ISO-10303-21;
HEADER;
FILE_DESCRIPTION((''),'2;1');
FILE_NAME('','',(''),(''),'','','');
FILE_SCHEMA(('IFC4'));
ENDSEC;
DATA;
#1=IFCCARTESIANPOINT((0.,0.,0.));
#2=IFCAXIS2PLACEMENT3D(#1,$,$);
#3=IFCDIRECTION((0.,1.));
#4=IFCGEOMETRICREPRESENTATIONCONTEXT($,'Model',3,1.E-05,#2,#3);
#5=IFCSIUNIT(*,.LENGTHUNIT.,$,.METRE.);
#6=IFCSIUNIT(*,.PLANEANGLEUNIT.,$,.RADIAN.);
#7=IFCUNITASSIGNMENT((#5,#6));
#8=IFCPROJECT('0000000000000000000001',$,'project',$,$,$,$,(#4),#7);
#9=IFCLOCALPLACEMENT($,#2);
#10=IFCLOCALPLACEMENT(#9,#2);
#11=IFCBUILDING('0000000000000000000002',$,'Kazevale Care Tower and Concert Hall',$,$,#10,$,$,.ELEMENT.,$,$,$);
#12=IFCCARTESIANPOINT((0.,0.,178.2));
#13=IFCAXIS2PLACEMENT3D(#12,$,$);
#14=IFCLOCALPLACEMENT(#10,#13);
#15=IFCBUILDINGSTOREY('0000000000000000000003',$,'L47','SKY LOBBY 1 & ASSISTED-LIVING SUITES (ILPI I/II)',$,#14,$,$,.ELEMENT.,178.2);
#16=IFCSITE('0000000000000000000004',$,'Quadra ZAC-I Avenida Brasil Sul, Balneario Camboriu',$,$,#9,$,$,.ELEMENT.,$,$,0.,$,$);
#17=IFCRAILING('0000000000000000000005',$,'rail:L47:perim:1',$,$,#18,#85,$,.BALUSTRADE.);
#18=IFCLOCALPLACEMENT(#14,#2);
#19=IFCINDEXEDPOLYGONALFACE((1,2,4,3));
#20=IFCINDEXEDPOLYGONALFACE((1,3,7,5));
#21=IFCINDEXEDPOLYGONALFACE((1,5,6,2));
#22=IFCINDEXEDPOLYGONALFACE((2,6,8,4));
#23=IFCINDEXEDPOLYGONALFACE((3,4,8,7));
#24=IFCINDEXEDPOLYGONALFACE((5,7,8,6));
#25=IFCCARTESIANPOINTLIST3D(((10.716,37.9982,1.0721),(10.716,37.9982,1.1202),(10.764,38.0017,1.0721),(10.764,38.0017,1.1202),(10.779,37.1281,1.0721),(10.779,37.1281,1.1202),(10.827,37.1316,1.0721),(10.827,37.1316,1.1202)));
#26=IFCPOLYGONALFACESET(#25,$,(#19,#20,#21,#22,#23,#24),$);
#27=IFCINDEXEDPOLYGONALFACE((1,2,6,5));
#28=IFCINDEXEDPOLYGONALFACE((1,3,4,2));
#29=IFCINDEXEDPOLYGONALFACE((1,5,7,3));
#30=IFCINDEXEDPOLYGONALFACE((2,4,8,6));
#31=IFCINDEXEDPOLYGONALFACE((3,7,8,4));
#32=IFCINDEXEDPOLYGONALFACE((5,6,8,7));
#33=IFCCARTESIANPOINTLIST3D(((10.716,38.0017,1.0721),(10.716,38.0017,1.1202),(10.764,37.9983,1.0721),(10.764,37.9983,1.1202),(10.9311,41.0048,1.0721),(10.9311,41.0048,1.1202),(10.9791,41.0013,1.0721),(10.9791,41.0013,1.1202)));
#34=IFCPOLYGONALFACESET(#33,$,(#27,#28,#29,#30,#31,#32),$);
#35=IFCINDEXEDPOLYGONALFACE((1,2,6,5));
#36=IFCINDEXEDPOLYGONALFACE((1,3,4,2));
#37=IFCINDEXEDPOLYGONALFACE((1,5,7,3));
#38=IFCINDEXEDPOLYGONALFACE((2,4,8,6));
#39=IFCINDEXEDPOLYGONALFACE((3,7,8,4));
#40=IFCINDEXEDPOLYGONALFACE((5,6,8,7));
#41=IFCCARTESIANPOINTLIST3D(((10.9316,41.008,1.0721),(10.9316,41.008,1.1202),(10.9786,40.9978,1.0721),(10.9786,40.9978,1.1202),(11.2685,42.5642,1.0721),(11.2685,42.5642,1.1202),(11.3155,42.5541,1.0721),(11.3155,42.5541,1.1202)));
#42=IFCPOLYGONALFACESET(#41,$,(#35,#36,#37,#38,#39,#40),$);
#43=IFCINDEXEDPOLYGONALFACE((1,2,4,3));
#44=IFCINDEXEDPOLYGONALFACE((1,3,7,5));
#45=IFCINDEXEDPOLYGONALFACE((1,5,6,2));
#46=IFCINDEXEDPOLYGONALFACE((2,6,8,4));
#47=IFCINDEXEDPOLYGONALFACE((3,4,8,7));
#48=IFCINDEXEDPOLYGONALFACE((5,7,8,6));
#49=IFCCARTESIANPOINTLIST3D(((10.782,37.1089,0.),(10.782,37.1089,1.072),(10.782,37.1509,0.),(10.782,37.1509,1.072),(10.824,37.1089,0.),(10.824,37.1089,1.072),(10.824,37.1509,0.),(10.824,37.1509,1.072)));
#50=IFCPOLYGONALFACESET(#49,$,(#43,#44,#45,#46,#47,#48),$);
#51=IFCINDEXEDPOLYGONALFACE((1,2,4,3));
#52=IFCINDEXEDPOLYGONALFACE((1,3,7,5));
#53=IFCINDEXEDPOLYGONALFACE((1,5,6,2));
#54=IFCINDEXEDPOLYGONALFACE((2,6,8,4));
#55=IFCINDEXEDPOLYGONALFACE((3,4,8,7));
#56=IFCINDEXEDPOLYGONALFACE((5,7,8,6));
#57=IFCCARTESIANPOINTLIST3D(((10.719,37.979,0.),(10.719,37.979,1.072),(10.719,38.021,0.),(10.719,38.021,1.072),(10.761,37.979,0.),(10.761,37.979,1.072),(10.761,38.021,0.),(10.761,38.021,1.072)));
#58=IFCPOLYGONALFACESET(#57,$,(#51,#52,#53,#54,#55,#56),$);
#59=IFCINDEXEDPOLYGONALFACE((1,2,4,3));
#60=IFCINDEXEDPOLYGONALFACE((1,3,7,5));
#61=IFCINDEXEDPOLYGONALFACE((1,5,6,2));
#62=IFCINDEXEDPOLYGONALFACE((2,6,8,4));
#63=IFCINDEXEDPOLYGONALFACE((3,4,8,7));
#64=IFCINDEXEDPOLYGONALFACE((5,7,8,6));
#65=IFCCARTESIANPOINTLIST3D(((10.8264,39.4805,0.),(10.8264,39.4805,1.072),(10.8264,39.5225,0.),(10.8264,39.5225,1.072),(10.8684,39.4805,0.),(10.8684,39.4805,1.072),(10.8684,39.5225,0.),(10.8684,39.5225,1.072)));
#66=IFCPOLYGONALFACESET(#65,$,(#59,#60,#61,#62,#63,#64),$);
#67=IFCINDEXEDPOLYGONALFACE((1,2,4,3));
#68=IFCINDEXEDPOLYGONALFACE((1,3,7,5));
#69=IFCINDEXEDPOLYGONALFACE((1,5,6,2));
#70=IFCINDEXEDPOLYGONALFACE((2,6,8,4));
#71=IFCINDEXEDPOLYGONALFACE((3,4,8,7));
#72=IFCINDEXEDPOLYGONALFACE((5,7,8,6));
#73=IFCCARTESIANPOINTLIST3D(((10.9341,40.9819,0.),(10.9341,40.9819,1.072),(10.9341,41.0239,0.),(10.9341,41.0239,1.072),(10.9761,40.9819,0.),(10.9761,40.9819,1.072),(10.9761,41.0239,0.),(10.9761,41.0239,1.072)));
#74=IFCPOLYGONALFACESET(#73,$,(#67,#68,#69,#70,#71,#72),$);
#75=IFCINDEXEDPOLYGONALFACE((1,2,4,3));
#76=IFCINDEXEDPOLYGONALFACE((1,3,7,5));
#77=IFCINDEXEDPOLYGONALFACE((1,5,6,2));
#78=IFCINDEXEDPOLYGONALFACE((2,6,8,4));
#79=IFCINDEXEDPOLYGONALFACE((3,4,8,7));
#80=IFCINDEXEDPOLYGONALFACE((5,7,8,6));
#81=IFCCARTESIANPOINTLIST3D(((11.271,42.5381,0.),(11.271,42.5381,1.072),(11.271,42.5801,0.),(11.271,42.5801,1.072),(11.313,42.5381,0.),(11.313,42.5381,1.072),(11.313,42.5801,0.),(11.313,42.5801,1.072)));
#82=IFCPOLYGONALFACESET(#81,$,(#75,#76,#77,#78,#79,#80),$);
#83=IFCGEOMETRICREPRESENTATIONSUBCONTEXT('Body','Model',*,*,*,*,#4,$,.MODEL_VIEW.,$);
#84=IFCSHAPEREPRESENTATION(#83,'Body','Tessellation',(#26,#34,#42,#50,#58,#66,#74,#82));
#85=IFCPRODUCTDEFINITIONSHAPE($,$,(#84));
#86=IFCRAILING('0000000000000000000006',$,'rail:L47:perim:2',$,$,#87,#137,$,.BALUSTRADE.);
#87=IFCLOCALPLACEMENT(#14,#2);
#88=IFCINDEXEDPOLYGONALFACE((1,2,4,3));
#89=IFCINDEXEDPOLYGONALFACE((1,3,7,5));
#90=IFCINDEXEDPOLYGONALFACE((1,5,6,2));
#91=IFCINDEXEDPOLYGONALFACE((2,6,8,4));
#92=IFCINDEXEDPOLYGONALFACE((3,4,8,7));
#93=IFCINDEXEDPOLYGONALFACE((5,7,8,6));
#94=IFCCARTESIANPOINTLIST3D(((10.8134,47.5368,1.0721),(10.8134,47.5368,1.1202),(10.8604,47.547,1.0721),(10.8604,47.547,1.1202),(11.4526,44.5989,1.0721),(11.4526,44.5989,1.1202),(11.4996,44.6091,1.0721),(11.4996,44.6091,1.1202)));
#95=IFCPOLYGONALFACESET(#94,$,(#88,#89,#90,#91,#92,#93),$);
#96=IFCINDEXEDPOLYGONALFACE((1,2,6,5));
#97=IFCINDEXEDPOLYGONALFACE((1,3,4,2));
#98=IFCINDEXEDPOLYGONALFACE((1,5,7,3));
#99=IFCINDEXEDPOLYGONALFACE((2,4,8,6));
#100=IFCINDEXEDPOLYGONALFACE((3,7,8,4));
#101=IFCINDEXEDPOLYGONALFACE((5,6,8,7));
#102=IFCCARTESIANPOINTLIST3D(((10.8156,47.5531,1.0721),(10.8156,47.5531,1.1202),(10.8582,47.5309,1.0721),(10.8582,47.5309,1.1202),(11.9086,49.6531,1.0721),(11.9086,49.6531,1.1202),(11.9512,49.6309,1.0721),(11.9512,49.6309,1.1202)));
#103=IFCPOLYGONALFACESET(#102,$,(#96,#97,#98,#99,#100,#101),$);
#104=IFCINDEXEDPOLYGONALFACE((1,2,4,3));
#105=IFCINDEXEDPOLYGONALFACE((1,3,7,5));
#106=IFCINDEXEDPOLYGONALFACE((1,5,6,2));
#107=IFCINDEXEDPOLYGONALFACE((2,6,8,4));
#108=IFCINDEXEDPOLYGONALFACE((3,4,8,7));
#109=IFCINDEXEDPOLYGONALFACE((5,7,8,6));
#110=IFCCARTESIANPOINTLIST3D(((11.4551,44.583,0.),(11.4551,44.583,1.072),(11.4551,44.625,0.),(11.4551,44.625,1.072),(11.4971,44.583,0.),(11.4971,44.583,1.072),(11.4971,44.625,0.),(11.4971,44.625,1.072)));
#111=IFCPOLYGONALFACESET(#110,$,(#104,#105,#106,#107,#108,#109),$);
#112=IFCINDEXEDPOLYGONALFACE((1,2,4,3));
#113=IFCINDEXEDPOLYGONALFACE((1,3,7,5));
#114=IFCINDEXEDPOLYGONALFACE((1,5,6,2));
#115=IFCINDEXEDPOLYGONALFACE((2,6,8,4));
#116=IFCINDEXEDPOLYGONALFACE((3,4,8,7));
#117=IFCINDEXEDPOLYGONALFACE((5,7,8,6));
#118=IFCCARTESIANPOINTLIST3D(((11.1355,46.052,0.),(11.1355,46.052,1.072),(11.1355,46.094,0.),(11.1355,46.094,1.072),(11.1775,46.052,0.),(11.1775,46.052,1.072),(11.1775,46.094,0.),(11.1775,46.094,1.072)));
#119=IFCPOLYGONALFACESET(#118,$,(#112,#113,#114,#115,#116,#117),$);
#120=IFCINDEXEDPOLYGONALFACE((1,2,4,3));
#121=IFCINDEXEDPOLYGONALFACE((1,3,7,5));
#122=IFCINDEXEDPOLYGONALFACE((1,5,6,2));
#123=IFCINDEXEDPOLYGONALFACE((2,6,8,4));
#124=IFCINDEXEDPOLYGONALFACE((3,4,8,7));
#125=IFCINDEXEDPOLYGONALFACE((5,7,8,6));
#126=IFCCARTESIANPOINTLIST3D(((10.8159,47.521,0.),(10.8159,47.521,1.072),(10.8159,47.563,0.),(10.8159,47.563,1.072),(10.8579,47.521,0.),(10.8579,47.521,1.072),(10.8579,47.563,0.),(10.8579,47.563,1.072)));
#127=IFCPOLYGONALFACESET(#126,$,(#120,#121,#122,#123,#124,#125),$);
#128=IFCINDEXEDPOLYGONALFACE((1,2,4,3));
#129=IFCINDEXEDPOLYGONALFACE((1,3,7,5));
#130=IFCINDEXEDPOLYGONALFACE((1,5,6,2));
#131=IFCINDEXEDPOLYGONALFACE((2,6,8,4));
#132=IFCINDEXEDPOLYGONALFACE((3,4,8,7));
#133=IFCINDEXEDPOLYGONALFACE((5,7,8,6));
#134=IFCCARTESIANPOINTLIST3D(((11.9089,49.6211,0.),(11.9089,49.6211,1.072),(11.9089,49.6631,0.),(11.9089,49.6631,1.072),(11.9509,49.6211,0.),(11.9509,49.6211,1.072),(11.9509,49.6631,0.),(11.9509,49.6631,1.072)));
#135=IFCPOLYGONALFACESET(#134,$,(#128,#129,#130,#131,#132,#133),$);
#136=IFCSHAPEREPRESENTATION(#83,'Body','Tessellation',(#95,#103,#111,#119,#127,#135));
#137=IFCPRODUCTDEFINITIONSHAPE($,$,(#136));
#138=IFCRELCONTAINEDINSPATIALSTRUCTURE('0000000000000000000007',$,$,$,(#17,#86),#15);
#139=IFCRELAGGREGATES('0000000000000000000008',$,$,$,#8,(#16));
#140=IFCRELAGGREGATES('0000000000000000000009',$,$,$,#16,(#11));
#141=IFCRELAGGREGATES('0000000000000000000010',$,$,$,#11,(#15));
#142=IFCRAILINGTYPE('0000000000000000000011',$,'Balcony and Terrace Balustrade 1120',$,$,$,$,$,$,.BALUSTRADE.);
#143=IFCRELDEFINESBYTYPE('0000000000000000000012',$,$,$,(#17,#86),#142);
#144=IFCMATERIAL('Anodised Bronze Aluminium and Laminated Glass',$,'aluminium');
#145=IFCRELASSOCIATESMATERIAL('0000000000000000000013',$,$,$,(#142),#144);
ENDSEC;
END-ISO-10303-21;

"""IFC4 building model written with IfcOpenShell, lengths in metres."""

from ifc_helpers import new_model, si_unit, direction, frame, origin, origin_2d, place, context, subcontext, project, spatial, rectangle, extrude, material, type_object, element, save


model = new_model("IFC4")

# Units and contexts
model_context = context("Model", 3, precision=1e-05, world=origin(), true_north=direction((0.0, 1.0)))
body_context = subcontext(model_context, "Body", "Model", "MODEL_VIEW")
ifc_project = project(units=[si_unit("LENGTHUNIT", "METRE"), si_unit("PLANEANGLEUNIT", "RADIAN")], contexts=[model_context])

# Site, building, storey
site_placement = place(None, origin())
site = spatial("IfcSite", under=ifc_project, at=site_placement, Name="Quadra ZAC-I Avenida Brasil Sul, Balneario Camboriu", CompositionType="ELEMENT", RefElevation=0.0)
building_placement = place(site_placement, origin())
building = spatial("IfcBuilding", under=site, at=building_placement, Name="Kazevale Care Tower and Concert Hall", CompositionType="ELEMENT")
storey_placement = place(building_placement, frame((0.0, 0.0, 178.2)))
storey = spatial("IfcBuildingStorey", under=building, at=storey_placement, Name="L47", Description="SKY LOBBY 1 & ASSISTED-LIVING SUITES (ILPI I/II)", CompositionType="ELEMENT", Elevation=178.2)

# Railings
ifc_material_1 = material(Name="Anodised Bronze Aluminium and Laminated Glass", Category="aluminium")
railing_type = type_object("IfcRailingType", Name="Balcony and Terrace Balustrade 1120", PredefinedType="BALUSTRADE", material=ifc_material_1)
railing_1_placement = place(storey_placement, frame((10.803, 37.1299, 0.0)))
element("IfcRailing", 1, at=railing_1_placement, inside=storey, type_object=railing_type, Name="rail:L47:perim:1", PredefinedType="BALUSTRADE", context=body_context, shape_type="SweptSolid", body=[
    extrude(rectangle(XDim=0.0481, YDim=0.0481, at=origin_2d()), frame((0.0, 0.0, 1.0962), z_axis=(-0.072202, 0.99739, 0.0), x_axis=(-0.99739, -0.072202, 0.0)), (0.0, 0.0, 1.0), 0.8723),
    extrude(rectangle(XDim=0.0481, YDim=0.0481, at=origin_2d()), frame((-0.063, 0.8701, 1.0962), z_axis=(0.071443, 0.997445, 0.0), x_axis=(-0.997445, 0.071443, 0.0)), (0.0, 0.0, 1.0), 3.0107),
    extrude(rectangle(XDim=0.0481, YDim=0.0481, at=origin_2d()), frame((0.1521, 3.873, 1.0962), z_axis=(0.211602, 0.977356, 0.0), x_axis=(-0.977356, 0.211602, 0.0)), (0.0, 0.0, 1.0), 1.5923),
    extrude(rectangle(XDim=0.042, YDim=0.042, at=origin_2d()), origin(), (0.0, 0.0, 1.0), 1.072),
    extrude(rectangle(XDim=0.042, YDim=0.042, at=origin_2d()), frame((-0.063, 0.8701, 0.0)), (0.0, 0.0, 1.0), 1.072),
    extrude(rectangle(XDim=0.042, YDim=0.042, at=origin_2d()), frame((0.0444, 2.3716, 0.0)), (0.0, 0.0, 1.0), 1.072),
    extrude(rectangle(XDim=0.042, YDim=0.042, at=origin_2d()), frame((0.1521, 3.873, 0.0)), (0.0, 0.0, 1.0), 1.072),
    extrude(rectangle(XDim=0.042, YDim=0.042, at=origin_2d()), frame((0.489, 5.4292, 0.0)), (0.0, 0.0, 1.0), 1.072),
])
railing_2_placement = place(storey_placement, frame((11.4761, 44.604, 0.0)))
element("IfcRailing", 2, at=railing_2_placement, inside=storey, type_object=railing_type, Name="rail:L47:perim:2", PredefinedType="BALUSTRADE", context=body_context, shape_type="SweptSolid", body=[
    extrude(rectangle(XDim=0.0481, YDim=0.0481, at=origin_2d()), frame((0.0, 0.0, 1.0962), z_axis=(-0.212578, 0.977144, 0.0), x_axis=(-0.977144, -0.212578, 0.0)), (0.0, 0.0, 1.0), 3.0066),
    extrude(rectangle(XDim=0.0481, YDim=0.0481, at=origin_2d()), frame((-0.6392, 2.938, 1.0962), z_axis=(0.461674, 0.88705, 0.0), x_axis=(-0.88705, 0.461674, 0.0)), (0.0, 0.0, 1.0), 2.3674),
    extrude(rectangle(XDim=0.042, YDim=0.042, at=origin_2d()), origin(), (0.0, 0.0, 1.0), 1.072),
    extrude(rectangle(XDim=0.042, YDim=0.042, at=origin_2d()), frame((-0.3196, 1.469, 0.0)), (0.0, 0.0, 1.0), 1.072),
    extrude(rectangle(XDim=0.042, YDim=0.042, at=origin_2d()), frame((-0.6392, 2.938, 0.0)), (0.0, 0.0, 1.0), 1.072),
    extrude(rectangle(XDim=0.042, YDim=0.042, at=origin_2d()), frame((0.4539, 5.0381, 0.0)), (0.0, 0.0, 1.0), 1.072),
])

save(model, "model.ifc")
